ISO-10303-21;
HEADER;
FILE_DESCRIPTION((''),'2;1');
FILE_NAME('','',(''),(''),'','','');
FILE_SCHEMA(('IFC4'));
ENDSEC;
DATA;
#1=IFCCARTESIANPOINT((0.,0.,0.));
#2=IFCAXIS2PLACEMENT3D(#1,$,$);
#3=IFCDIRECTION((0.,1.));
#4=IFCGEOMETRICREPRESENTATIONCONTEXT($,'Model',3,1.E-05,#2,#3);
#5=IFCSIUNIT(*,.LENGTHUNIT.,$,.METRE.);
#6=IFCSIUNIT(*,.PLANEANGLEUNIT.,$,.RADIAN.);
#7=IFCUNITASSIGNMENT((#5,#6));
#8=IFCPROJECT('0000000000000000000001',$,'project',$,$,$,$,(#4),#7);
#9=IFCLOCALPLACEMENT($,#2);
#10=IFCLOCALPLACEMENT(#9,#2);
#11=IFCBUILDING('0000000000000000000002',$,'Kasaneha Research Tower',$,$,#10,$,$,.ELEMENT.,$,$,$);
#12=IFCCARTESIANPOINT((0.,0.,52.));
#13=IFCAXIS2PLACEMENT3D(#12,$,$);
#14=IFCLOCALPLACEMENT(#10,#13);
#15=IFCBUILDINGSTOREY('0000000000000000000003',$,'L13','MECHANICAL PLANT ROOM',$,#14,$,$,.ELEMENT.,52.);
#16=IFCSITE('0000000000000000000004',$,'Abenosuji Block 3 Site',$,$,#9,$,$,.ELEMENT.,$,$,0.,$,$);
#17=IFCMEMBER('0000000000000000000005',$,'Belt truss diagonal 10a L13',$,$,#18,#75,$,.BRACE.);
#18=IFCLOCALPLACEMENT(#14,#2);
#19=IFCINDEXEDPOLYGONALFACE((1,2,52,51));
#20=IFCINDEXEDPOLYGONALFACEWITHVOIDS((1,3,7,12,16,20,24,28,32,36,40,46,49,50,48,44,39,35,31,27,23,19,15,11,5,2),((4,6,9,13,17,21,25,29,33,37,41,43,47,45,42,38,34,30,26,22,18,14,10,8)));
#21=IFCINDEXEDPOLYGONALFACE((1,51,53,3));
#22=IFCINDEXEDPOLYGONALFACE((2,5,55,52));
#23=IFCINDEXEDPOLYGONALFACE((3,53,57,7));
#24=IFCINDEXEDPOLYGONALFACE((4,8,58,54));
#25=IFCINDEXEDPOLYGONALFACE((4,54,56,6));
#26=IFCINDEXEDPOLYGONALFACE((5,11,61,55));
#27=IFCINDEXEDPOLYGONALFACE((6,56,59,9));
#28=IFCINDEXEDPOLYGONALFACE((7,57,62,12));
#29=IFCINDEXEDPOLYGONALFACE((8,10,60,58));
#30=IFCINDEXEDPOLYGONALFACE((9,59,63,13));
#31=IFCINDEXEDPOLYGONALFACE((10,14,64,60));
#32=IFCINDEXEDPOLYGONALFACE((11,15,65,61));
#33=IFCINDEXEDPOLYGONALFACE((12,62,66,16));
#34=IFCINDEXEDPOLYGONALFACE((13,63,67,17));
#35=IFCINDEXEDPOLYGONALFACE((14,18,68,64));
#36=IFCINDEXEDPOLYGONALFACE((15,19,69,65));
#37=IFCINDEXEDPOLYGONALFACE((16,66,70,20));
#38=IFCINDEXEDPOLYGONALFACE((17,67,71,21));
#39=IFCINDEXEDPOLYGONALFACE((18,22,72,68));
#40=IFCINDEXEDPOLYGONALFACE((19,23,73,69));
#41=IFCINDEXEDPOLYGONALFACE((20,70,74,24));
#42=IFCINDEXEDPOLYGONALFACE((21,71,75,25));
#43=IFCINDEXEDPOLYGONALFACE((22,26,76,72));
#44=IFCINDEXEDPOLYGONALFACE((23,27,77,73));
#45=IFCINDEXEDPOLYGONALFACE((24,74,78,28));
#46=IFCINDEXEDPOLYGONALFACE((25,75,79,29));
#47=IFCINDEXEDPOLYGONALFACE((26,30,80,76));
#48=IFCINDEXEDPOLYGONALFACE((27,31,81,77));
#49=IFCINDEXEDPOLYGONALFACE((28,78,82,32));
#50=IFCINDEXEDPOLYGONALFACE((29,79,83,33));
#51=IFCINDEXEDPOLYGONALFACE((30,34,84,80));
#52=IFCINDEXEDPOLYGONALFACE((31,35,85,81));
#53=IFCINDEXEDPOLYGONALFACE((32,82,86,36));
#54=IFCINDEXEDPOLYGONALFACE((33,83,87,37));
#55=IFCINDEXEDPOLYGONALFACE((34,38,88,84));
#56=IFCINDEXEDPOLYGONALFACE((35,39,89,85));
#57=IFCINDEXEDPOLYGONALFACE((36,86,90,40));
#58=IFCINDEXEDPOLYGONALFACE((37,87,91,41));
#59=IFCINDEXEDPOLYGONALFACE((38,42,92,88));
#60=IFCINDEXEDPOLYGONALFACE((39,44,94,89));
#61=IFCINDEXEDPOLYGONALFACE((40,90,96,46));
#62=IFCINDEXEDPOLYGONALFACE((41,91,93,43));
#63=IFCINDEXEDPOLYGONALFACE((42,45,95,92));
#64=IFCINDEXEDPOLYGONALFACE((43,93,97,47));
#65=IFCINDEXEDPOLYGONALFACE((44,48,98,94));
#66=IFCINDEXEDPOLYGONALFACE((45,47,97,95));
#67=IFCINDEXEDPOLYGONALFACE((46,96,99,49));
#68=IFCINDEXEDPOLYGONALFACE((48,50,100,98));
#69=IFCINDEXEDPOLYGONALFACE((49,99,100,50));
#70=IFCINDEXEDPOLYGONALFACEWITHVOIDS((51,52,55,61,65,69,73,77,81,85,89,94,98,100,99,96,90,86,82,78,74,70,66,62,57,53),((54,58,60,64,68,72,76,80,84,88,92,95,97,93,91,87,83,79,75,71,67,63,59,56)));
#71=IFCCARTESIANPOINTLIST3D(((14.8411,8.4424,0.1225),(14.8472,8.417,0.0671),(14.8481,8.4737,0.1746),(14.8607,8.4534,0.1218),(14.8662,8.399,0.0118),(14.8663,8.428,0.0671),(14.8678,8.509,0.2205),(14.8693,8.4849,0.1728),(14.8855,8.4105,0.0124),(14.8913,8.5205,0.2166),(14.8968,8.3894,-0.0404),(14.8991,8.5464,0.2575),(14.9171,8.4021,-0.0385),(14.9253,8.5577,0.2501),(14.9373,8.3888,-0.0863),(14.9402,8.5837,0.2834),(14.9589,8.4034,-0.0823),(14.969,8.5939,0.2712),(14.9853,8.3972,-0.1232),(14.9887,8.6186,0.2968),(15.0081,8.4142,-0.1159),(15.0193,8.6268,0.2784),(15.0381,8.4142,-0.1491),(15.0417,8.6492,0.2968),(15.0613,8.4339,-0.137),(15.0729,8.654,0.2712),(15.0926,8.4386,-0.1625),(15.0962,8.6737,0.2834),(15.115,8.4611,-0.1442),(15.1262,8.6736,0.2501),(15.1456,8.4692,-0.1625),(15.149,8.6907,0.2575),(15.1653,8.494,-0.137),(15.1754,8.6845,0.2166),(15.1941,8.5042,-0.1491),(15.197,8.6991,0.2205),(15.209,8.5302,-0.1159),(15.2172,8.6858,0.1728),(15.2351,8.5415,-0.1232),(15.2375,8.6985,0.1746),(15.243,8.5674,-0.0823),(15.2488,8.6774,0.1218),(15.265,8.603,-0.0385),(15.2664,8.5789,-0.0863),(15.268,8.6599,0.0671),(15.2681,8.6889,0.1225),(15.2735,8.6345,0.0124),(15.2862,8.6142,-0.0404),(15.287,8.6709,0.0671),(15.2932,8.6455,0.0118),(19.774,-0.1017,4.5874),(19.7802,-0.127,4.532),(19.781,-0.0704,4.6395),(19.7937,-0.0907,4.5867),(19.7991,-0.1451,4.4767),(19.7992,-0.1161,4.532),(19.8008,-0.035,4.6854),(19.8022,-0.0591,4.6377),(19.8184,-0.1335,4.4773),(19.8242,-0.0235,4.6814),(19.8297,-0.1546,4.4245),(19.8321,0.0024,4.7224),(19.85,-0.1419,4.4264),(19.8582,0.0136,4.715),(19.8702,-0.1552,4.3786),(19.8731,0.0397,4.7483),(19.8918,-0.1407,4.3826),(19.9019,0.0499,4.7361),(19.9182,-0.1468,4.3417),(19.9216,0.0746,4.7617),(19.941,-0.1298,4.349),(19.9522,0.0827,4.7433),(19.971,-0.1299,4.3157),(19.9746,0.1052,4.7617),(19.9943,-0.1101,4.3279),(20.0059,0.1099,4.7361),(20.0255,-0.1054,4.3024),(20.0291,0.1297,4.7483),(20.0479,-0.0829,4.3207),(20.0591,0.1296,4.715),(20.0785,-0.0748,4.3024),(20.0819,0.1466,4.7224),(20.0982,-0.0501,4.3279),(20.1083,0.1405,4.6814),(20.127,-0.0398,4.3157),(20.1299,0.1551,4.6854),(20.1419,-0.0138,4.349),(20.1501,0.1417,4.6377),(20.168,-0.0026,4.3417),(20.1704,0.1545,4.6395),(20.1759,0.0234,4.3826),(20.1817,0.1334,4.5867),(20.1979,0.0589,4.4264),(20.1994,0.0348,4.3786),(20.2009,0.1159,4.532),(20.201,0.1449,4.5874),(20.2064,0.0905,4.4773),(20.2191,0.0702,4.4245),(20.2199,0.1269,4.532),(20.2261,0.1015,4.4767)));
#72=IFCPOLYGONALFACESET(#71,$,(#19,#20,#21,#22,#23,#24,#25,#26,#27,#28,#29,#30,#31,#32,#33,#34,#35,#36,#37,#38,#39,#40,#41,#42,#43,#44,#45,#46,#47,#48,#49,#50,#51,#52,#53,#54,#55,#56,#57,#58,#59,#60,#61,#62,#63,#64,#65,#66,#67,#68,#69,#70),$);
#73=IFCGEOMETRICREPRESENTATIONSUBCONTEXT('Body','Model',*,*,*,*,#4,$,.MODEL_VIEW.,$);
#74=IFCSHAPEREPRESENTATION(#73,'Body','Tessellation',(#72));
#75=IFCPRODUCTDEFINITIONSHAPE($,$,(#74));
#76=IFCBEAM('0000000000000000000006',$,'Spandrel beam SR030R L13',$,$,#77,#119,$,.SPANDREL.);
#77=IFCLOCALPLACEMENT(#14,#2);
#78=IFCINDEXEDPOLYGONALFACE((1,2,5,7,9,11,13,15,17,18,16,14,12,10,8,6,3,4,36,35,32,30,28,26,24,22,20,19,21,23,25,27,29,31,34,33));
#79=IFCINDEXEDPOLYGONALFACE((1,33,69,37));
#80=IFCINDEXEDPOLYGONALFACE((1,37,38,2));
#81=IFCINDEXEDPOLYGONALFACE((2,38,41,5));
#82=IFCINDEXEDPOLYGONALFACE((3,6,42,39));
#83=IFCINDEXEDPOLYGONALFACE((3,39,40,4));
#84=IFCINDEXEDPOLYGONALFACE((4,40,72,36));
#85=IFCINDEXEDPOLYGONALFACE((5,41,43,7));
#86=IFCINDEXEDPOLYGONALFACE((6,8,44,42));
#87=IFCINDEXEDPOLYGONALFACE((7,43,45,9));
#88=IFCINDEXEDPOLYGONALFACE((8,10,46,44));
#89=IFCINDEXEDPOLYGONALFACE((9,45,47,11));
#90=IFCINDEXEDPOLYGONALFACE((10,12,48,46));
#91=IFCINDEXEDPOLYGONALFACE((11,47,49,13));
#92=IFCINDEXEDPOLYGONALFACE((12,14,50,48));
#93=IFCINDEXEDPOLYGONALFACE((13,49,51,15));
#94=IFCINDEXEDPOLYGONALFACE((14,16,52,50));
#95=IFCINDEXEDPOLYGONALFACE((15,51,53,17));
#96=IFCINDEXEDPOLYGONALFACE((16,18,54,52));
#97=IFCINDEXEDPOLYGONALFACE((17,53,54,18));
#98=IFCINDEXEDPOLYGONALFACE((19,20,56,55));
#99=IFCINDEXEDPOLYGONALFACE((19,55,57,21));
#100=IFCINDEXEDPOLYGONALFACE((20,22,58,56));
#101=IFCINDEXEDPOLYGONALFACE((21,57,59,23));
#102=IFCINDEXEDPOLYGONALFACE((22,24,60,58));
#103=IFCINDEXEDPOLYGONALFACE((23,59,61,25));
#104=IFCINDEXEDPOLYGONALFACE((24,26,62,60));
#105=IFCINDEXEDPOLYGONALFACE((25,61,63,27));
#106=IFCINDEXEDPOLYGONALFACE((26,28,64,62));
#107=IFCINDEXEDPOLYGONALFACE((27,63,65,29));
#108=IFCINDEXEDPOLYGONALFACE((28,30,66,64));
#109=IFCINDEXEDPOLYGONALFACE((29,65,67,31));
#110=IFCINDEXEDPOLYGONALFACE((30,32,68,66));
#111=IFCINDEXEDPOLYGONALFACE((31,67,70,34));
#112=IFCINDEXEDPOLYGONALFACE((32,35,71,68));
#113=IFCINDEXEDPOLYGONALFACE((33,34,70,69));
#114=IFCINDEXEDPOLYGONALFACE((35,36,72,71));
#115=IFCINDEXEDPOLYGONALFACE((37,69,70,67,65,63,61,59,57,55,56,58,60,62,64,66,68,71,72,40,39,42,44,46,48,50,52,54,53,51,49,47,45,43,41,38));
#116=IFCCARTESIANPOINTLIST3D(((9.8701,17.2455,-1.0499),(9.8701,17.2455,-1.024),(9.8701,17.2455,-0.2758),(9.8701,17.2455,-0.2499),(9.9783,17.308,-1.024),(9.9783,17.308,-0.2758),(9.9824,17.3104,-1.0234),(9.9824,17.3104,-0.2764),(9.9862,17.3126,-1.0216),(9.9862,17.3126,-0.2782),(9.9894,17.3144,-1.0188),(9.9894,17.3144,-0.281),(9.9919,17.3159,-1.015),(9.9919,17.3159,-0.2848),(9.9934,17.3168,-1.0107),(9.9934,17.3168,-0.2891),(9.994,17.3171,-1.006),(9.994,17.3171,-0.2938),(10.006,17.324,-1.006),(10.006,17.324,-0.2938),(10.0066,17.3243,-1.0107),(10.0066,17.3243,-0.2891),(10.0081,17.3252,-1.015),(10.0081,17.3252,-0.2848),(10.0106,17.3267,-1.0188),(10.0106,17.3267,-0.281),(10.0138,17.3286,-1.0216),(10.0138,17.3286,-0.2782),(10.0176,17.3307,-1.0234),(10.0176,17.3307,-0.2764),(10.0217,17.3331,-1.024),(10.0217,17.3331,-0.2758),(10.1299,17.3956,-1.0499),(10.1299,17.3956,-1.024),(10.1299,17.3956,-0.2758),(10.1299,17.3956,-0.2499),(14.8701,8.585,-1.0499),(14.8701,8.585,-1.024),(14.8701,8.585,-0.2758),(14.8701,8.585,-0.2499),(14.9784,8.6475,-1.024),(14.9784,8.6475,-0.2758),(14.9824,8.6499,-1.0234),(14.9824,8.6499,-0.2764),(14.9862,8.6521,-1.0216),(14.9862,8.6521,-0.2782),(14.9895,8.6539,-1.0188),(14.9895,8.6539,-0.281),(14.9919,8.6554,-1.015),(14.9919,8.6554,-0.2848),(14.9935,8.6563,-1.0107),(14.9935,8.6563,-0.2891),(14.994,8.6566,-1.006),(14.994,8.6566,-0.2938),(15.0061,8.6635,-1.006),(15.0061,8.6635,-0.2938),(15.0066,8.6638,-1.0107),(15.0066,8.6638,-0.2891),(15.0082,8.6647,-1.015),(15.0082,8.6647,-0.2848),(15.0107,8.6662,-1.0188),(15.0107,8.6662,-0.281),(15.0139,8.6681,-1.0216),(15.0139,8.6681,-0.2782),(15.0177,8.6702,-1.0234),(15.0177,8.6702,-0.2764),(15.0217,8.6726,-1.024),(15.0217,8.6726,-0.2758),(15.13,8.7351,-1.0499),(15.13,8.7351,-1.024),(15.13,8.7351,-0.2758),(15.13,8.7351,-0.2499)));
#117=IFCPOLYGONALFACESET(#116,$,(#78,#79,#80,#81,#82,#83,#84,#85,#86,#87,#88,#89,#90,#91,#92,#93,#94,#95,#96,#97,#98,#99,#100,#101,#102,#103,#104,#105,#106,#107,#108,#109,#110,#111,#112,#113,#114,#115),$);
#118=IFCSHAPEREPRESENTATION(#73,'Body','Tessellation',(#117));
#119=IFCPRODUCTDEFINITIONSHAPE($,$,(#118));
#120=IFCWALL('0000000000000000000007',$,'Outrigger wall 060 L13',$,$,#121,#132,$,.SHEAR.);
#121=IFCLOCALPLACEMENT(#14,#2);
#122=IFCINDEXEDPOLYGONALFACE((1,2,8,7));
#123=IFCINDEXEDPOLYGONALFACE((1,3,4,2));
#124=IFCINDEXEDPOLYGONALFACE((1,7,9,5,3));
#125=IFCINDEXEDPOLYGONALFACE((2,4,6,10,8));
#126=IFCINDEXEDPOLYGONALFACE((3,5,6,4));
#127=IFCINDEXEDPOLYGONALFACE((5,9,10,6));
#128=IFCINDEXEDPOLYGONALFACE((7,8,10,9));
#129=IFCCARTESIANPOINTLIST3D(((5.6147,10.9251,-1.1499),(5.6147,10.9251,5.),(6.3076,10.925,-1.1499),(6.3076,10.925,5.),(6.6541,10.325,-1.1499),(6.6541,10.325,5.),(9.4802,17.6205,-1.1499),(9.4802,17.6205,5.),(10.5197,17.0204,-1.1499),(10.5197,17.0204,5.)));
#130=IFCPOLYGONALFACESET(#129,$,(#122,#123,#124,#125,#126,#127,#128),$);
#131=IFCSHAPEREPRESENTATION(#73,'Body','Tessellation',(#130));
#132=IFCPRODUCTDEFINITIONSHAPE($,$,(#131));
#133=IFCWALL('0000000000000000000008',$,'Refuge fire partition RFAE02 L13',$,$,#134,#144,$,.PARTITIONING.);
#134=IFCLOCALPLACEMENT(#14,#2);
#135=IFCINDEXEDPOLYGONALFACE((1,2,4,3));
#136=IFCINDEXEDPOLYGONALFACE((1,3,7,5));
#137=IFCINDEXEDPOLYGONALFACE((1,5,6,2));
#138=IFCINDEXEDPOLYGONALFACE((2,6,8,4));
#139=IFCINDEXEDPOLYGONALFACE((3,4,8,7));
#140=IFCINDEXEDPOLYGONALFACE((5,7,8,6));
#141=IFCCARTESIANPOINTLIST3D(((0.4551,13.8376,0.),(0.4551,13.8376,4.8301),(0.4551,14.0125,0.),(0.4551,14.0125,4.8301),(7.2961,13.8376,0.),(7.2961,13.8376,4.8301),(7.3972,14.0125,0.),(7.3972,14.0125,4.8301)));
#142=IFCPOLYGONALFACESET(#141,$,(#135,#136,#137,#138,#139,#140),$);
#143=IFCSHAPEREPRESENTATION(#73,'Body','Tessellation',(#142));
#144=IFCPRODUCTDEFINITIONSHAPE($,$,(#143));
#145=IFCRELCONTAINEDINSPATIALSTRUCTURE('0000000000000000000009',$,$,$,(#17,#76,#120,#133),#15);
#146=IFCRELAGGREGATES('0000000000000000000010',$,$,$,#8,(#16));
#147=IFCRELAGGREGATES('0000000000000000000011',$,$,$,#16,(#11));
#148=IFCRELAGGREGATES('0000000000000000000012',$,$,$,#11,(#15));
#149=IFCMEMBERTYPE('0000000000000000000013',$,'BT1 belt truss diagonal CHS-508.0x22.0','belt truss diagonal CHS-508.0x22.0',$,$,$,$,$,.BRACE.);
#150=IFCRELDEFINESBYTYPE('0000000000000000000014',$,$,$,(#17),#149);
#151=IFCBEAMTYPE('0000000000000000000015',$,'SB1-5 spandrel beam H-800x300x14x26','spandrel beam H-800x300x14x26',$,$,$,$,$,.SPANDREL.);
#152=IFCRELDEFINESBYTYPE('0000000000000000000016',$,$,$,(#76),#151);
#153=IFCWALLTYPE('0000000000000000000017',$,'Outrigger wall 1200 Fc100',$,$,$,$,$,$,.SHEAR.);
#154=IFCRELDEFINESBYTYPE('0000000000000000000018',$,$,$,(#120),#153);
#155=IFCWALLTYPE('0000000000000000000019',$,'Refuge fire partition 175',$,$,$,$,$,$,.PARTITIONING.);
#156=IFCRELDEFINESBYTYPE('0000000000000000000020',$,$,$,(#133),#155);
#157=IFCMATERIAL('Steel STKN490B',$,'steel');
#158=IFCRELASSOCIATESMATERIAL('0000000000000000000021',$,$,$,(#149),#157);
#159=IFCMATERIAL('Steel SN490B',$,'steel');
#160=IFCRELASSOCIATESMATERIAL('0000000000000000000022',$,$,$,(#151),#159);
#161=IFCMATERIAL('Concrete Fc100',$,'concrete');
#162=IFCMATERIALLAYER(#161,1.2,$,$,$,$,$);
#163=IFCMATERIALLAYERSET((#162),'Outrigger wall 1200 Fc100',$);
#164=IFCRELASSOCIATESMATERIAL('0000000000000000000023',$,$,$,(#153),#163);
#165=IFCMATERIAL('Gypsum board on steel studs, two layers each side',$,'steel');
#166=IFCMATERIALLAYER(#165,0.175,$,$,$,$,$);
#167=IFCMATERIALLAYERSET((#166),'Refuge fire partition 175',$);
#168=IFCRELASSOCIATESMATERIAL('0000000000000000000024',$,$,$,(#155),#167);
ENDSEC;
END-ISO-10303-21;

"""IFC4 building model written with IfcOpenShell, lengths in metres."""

from ifc_helpers import new_model, si_unit, direction, frame, origin, origin_2d, place, context, subcontext, project, spatial, polyline, hollow_circle, i_section, outline, extrude, material, layer, layer_set, material_profile, profile_set, type_object, element, save


model = new_model("IFC4")

# Units and contexts
model_context = context("Model", 3, precision=1e-05, world=origin(), true_north=direction((0.0, 1.0)))
body_context = subcontext(model_context, "Body", "Model", "MODEL_VIEW")
ifc_project = project(units=[si_unit("LENGTHUNIT", "METRE"), si_unit("PLANEANGLEUNIT", "RADIAN")], contexts=[model_context])

# Site, building, storey
site_placement = place(None, origin())
site = spatial("IfcSite", under=ifc_project, at=site_placement, Name="Abenosuji Block 3 Site", CompositionType="ELEMENT", RefElevation=0.0)
building_placement = place(site_placement, origin())
building = spatial("IfcBuilding", under=site, at=building_placement, Name="Kasaneha Research Tower", CompositionType="ELEMENT")
storey_placement = place(building_placement, frame((0.0, 0.0, 52.0)))
storey = spatial("IfcBuildingStorey", under=building, at=storey_placement, Name="L13", Description="MECHANICAL PLANT ROOM", CompositionType="ELEMENT", Elevation=52.0)

# Member
ifc_material_1 = material(Name="Steel STKN490B", Category="steel")
ifc_material_profile_1 = material_profile(ifc_material_1, hollow_circle(Radius=0.2539, WallThickness=0.022, at=origin_2d()), Name="CHS-508.0x22.0")
ifc_profile_set_1 = profile_set([ifc_material_profile_1], Name="Steel STKN490B")
member_type = type_object("IfcMemberType", Name="BT1 belt truss diagonal CHS-508.0x22.0", Description="belt truss diagonal CHS-508.0x22.0", PredefinedType="BRACE", material=ifc_profile_set_1)
for number, where, z_axis, x_axis, name in (
    (1, (15.0671, 8.5439, 0.0671), (0.455524, -0.788988, 0.412305), (0.866025, 0.500001, 0.0), "Belt truss diagonal 10a L13"),
):
    element("IfcMember", number, at=place(storey_placement, frame(where, z_axis=z_axis, x_axis=x_axis)), inside=storey, type_object=member_type, Name=name, PredefinedType="BRACE", context=body_context, shape_type="SweptSolid", body=[
        extrude(hollow_circle(Radius=0.2539, WallThickness=0.022, at=origin_2d()), origin(), (0.0, 0.0, 1.0), 10.8291),
    ])

# Beam
ifc_material_2 = material(Name="Steel SN490B", Category="steel")
ifc_material_profile_2 = material_profile(ifc_material_2, i_section(OverallWidth=0.3, OverallDepth=0.8, WebThickness=0.0139, FlangeThickness=0.0259, FilletRadius=0.0181, at=origin_2d()), Name="H-800x300x14x26")
ifc_profile_set_2 = profile_set([ifc_material_profile_2], Name="Steel SN490B")
beam_type_1 = type_object("IfcBeamType", Name="SB1-5 spandrel beam H-800x300x14x26", Description="spandrel beam H-800x300x14x26", PredefinedType="SPANDREL", material=ifc_profile_set_2)
beam_1_placement = place(storey_placement, frame((10.0, 17.3206, -0.6499), z_axis=(0.499994, -0.866029, 0.0), x_axis=(0.866029, 0.499994, 0.0)))
element("IfcBeam", 2, at=beam_1_placement, inside=storey, type_object=beam_type_1, Name="Spandrel beam SR030R L13", PredefinedType="SPANDREL", context=body_context, shape_type="SweptSolid", body=[
    extrude(i_section(OverallWidth=0.3, OverallDepth=0.8, WebThickness=0.0139, FlangeThickness=0.0259, FilletRadius=0.0181, at=origin_2d()), origin(), (0.0, 0.0, 1.0), 10.0002),
])

# Walls
ifc_material_3 = material(Name="Concrete Fc100", Category="concrete")
ifc_layer_1 = layer(ifc_material_3, 1.2)
ifc_layer_set_1 = layer_set([ifc_layer_1], Name="Outrigger wall 1200 Fc100")
wall_type_1 = type_object("IfcWallType", Name="Outrigger wall 1200 Fc100", PredefinedType="SHEAR", material=ifc_layer_set_1)
wall_1_placement = place(storey_placement, frame((6.3076, 10.925, -1.1499), z_axis=(0.0, 0.0, 1.0), x_axis=(0.499993, 0.866029, 0.0)))
element("IfcWall", 3, at=wall_1_placement, inside=storey, type_object=wall_type_1, Name="Outrigger wall 060 L13", PredefinedType="SHEAR", context=body_context, shape_type="SweptSolid", body=[
    extrude(outline(polyline([(-0.3464, -0.6001), (7.3848, -0.6001), (7.3848, 0.6001), (-0.3464, 0.6001), (0.0, 0.0), (-0.3464, -0.6001)])), origin(), (0.0, 0.0, 1.0), 6.1499),
])
ifc_material_4 = material(Name="Gypsum board on steel studs, two layers each side", Category="steel")
ifc_layer_2 = layer(ifc_material_4, 0.175)
ifc_layer_set_2 = layer_set([ifc_layer_2], Name="Refuge fire partition 175")
wall_type_2 = type_object("IfcWallType", Name="Refuge fire partition 175", PredefinedType="PARTITIONING", material=ifc_layer_set_2)
wall_2_placement = place(storey_placement, frame((7.3467, 13.925, 0.0), z_axis=(0.0, 0.0, 1.0), x_axis=(-1.0, 0.0, 0.0)))
element("IfcWall", 4, at=wall_2_placement, inside=storey, type_object=wall_type_2, Name="Refuge fire partition RFAE02 L13", PredefinedType="PARTITIONING", context=body_context, shape_type="SweptSolid", body=[
    extrude(outline(polyline([(-0.0505, -0.0874), (6.8916, -0.0874), (6.8916, 0.0874), (0.0505, 0.0874), (-0.0505, -0.0874)])), origin(), (0.0, 0.0, 1.0), 4.8301),
])

save(model, "model.ifc")
